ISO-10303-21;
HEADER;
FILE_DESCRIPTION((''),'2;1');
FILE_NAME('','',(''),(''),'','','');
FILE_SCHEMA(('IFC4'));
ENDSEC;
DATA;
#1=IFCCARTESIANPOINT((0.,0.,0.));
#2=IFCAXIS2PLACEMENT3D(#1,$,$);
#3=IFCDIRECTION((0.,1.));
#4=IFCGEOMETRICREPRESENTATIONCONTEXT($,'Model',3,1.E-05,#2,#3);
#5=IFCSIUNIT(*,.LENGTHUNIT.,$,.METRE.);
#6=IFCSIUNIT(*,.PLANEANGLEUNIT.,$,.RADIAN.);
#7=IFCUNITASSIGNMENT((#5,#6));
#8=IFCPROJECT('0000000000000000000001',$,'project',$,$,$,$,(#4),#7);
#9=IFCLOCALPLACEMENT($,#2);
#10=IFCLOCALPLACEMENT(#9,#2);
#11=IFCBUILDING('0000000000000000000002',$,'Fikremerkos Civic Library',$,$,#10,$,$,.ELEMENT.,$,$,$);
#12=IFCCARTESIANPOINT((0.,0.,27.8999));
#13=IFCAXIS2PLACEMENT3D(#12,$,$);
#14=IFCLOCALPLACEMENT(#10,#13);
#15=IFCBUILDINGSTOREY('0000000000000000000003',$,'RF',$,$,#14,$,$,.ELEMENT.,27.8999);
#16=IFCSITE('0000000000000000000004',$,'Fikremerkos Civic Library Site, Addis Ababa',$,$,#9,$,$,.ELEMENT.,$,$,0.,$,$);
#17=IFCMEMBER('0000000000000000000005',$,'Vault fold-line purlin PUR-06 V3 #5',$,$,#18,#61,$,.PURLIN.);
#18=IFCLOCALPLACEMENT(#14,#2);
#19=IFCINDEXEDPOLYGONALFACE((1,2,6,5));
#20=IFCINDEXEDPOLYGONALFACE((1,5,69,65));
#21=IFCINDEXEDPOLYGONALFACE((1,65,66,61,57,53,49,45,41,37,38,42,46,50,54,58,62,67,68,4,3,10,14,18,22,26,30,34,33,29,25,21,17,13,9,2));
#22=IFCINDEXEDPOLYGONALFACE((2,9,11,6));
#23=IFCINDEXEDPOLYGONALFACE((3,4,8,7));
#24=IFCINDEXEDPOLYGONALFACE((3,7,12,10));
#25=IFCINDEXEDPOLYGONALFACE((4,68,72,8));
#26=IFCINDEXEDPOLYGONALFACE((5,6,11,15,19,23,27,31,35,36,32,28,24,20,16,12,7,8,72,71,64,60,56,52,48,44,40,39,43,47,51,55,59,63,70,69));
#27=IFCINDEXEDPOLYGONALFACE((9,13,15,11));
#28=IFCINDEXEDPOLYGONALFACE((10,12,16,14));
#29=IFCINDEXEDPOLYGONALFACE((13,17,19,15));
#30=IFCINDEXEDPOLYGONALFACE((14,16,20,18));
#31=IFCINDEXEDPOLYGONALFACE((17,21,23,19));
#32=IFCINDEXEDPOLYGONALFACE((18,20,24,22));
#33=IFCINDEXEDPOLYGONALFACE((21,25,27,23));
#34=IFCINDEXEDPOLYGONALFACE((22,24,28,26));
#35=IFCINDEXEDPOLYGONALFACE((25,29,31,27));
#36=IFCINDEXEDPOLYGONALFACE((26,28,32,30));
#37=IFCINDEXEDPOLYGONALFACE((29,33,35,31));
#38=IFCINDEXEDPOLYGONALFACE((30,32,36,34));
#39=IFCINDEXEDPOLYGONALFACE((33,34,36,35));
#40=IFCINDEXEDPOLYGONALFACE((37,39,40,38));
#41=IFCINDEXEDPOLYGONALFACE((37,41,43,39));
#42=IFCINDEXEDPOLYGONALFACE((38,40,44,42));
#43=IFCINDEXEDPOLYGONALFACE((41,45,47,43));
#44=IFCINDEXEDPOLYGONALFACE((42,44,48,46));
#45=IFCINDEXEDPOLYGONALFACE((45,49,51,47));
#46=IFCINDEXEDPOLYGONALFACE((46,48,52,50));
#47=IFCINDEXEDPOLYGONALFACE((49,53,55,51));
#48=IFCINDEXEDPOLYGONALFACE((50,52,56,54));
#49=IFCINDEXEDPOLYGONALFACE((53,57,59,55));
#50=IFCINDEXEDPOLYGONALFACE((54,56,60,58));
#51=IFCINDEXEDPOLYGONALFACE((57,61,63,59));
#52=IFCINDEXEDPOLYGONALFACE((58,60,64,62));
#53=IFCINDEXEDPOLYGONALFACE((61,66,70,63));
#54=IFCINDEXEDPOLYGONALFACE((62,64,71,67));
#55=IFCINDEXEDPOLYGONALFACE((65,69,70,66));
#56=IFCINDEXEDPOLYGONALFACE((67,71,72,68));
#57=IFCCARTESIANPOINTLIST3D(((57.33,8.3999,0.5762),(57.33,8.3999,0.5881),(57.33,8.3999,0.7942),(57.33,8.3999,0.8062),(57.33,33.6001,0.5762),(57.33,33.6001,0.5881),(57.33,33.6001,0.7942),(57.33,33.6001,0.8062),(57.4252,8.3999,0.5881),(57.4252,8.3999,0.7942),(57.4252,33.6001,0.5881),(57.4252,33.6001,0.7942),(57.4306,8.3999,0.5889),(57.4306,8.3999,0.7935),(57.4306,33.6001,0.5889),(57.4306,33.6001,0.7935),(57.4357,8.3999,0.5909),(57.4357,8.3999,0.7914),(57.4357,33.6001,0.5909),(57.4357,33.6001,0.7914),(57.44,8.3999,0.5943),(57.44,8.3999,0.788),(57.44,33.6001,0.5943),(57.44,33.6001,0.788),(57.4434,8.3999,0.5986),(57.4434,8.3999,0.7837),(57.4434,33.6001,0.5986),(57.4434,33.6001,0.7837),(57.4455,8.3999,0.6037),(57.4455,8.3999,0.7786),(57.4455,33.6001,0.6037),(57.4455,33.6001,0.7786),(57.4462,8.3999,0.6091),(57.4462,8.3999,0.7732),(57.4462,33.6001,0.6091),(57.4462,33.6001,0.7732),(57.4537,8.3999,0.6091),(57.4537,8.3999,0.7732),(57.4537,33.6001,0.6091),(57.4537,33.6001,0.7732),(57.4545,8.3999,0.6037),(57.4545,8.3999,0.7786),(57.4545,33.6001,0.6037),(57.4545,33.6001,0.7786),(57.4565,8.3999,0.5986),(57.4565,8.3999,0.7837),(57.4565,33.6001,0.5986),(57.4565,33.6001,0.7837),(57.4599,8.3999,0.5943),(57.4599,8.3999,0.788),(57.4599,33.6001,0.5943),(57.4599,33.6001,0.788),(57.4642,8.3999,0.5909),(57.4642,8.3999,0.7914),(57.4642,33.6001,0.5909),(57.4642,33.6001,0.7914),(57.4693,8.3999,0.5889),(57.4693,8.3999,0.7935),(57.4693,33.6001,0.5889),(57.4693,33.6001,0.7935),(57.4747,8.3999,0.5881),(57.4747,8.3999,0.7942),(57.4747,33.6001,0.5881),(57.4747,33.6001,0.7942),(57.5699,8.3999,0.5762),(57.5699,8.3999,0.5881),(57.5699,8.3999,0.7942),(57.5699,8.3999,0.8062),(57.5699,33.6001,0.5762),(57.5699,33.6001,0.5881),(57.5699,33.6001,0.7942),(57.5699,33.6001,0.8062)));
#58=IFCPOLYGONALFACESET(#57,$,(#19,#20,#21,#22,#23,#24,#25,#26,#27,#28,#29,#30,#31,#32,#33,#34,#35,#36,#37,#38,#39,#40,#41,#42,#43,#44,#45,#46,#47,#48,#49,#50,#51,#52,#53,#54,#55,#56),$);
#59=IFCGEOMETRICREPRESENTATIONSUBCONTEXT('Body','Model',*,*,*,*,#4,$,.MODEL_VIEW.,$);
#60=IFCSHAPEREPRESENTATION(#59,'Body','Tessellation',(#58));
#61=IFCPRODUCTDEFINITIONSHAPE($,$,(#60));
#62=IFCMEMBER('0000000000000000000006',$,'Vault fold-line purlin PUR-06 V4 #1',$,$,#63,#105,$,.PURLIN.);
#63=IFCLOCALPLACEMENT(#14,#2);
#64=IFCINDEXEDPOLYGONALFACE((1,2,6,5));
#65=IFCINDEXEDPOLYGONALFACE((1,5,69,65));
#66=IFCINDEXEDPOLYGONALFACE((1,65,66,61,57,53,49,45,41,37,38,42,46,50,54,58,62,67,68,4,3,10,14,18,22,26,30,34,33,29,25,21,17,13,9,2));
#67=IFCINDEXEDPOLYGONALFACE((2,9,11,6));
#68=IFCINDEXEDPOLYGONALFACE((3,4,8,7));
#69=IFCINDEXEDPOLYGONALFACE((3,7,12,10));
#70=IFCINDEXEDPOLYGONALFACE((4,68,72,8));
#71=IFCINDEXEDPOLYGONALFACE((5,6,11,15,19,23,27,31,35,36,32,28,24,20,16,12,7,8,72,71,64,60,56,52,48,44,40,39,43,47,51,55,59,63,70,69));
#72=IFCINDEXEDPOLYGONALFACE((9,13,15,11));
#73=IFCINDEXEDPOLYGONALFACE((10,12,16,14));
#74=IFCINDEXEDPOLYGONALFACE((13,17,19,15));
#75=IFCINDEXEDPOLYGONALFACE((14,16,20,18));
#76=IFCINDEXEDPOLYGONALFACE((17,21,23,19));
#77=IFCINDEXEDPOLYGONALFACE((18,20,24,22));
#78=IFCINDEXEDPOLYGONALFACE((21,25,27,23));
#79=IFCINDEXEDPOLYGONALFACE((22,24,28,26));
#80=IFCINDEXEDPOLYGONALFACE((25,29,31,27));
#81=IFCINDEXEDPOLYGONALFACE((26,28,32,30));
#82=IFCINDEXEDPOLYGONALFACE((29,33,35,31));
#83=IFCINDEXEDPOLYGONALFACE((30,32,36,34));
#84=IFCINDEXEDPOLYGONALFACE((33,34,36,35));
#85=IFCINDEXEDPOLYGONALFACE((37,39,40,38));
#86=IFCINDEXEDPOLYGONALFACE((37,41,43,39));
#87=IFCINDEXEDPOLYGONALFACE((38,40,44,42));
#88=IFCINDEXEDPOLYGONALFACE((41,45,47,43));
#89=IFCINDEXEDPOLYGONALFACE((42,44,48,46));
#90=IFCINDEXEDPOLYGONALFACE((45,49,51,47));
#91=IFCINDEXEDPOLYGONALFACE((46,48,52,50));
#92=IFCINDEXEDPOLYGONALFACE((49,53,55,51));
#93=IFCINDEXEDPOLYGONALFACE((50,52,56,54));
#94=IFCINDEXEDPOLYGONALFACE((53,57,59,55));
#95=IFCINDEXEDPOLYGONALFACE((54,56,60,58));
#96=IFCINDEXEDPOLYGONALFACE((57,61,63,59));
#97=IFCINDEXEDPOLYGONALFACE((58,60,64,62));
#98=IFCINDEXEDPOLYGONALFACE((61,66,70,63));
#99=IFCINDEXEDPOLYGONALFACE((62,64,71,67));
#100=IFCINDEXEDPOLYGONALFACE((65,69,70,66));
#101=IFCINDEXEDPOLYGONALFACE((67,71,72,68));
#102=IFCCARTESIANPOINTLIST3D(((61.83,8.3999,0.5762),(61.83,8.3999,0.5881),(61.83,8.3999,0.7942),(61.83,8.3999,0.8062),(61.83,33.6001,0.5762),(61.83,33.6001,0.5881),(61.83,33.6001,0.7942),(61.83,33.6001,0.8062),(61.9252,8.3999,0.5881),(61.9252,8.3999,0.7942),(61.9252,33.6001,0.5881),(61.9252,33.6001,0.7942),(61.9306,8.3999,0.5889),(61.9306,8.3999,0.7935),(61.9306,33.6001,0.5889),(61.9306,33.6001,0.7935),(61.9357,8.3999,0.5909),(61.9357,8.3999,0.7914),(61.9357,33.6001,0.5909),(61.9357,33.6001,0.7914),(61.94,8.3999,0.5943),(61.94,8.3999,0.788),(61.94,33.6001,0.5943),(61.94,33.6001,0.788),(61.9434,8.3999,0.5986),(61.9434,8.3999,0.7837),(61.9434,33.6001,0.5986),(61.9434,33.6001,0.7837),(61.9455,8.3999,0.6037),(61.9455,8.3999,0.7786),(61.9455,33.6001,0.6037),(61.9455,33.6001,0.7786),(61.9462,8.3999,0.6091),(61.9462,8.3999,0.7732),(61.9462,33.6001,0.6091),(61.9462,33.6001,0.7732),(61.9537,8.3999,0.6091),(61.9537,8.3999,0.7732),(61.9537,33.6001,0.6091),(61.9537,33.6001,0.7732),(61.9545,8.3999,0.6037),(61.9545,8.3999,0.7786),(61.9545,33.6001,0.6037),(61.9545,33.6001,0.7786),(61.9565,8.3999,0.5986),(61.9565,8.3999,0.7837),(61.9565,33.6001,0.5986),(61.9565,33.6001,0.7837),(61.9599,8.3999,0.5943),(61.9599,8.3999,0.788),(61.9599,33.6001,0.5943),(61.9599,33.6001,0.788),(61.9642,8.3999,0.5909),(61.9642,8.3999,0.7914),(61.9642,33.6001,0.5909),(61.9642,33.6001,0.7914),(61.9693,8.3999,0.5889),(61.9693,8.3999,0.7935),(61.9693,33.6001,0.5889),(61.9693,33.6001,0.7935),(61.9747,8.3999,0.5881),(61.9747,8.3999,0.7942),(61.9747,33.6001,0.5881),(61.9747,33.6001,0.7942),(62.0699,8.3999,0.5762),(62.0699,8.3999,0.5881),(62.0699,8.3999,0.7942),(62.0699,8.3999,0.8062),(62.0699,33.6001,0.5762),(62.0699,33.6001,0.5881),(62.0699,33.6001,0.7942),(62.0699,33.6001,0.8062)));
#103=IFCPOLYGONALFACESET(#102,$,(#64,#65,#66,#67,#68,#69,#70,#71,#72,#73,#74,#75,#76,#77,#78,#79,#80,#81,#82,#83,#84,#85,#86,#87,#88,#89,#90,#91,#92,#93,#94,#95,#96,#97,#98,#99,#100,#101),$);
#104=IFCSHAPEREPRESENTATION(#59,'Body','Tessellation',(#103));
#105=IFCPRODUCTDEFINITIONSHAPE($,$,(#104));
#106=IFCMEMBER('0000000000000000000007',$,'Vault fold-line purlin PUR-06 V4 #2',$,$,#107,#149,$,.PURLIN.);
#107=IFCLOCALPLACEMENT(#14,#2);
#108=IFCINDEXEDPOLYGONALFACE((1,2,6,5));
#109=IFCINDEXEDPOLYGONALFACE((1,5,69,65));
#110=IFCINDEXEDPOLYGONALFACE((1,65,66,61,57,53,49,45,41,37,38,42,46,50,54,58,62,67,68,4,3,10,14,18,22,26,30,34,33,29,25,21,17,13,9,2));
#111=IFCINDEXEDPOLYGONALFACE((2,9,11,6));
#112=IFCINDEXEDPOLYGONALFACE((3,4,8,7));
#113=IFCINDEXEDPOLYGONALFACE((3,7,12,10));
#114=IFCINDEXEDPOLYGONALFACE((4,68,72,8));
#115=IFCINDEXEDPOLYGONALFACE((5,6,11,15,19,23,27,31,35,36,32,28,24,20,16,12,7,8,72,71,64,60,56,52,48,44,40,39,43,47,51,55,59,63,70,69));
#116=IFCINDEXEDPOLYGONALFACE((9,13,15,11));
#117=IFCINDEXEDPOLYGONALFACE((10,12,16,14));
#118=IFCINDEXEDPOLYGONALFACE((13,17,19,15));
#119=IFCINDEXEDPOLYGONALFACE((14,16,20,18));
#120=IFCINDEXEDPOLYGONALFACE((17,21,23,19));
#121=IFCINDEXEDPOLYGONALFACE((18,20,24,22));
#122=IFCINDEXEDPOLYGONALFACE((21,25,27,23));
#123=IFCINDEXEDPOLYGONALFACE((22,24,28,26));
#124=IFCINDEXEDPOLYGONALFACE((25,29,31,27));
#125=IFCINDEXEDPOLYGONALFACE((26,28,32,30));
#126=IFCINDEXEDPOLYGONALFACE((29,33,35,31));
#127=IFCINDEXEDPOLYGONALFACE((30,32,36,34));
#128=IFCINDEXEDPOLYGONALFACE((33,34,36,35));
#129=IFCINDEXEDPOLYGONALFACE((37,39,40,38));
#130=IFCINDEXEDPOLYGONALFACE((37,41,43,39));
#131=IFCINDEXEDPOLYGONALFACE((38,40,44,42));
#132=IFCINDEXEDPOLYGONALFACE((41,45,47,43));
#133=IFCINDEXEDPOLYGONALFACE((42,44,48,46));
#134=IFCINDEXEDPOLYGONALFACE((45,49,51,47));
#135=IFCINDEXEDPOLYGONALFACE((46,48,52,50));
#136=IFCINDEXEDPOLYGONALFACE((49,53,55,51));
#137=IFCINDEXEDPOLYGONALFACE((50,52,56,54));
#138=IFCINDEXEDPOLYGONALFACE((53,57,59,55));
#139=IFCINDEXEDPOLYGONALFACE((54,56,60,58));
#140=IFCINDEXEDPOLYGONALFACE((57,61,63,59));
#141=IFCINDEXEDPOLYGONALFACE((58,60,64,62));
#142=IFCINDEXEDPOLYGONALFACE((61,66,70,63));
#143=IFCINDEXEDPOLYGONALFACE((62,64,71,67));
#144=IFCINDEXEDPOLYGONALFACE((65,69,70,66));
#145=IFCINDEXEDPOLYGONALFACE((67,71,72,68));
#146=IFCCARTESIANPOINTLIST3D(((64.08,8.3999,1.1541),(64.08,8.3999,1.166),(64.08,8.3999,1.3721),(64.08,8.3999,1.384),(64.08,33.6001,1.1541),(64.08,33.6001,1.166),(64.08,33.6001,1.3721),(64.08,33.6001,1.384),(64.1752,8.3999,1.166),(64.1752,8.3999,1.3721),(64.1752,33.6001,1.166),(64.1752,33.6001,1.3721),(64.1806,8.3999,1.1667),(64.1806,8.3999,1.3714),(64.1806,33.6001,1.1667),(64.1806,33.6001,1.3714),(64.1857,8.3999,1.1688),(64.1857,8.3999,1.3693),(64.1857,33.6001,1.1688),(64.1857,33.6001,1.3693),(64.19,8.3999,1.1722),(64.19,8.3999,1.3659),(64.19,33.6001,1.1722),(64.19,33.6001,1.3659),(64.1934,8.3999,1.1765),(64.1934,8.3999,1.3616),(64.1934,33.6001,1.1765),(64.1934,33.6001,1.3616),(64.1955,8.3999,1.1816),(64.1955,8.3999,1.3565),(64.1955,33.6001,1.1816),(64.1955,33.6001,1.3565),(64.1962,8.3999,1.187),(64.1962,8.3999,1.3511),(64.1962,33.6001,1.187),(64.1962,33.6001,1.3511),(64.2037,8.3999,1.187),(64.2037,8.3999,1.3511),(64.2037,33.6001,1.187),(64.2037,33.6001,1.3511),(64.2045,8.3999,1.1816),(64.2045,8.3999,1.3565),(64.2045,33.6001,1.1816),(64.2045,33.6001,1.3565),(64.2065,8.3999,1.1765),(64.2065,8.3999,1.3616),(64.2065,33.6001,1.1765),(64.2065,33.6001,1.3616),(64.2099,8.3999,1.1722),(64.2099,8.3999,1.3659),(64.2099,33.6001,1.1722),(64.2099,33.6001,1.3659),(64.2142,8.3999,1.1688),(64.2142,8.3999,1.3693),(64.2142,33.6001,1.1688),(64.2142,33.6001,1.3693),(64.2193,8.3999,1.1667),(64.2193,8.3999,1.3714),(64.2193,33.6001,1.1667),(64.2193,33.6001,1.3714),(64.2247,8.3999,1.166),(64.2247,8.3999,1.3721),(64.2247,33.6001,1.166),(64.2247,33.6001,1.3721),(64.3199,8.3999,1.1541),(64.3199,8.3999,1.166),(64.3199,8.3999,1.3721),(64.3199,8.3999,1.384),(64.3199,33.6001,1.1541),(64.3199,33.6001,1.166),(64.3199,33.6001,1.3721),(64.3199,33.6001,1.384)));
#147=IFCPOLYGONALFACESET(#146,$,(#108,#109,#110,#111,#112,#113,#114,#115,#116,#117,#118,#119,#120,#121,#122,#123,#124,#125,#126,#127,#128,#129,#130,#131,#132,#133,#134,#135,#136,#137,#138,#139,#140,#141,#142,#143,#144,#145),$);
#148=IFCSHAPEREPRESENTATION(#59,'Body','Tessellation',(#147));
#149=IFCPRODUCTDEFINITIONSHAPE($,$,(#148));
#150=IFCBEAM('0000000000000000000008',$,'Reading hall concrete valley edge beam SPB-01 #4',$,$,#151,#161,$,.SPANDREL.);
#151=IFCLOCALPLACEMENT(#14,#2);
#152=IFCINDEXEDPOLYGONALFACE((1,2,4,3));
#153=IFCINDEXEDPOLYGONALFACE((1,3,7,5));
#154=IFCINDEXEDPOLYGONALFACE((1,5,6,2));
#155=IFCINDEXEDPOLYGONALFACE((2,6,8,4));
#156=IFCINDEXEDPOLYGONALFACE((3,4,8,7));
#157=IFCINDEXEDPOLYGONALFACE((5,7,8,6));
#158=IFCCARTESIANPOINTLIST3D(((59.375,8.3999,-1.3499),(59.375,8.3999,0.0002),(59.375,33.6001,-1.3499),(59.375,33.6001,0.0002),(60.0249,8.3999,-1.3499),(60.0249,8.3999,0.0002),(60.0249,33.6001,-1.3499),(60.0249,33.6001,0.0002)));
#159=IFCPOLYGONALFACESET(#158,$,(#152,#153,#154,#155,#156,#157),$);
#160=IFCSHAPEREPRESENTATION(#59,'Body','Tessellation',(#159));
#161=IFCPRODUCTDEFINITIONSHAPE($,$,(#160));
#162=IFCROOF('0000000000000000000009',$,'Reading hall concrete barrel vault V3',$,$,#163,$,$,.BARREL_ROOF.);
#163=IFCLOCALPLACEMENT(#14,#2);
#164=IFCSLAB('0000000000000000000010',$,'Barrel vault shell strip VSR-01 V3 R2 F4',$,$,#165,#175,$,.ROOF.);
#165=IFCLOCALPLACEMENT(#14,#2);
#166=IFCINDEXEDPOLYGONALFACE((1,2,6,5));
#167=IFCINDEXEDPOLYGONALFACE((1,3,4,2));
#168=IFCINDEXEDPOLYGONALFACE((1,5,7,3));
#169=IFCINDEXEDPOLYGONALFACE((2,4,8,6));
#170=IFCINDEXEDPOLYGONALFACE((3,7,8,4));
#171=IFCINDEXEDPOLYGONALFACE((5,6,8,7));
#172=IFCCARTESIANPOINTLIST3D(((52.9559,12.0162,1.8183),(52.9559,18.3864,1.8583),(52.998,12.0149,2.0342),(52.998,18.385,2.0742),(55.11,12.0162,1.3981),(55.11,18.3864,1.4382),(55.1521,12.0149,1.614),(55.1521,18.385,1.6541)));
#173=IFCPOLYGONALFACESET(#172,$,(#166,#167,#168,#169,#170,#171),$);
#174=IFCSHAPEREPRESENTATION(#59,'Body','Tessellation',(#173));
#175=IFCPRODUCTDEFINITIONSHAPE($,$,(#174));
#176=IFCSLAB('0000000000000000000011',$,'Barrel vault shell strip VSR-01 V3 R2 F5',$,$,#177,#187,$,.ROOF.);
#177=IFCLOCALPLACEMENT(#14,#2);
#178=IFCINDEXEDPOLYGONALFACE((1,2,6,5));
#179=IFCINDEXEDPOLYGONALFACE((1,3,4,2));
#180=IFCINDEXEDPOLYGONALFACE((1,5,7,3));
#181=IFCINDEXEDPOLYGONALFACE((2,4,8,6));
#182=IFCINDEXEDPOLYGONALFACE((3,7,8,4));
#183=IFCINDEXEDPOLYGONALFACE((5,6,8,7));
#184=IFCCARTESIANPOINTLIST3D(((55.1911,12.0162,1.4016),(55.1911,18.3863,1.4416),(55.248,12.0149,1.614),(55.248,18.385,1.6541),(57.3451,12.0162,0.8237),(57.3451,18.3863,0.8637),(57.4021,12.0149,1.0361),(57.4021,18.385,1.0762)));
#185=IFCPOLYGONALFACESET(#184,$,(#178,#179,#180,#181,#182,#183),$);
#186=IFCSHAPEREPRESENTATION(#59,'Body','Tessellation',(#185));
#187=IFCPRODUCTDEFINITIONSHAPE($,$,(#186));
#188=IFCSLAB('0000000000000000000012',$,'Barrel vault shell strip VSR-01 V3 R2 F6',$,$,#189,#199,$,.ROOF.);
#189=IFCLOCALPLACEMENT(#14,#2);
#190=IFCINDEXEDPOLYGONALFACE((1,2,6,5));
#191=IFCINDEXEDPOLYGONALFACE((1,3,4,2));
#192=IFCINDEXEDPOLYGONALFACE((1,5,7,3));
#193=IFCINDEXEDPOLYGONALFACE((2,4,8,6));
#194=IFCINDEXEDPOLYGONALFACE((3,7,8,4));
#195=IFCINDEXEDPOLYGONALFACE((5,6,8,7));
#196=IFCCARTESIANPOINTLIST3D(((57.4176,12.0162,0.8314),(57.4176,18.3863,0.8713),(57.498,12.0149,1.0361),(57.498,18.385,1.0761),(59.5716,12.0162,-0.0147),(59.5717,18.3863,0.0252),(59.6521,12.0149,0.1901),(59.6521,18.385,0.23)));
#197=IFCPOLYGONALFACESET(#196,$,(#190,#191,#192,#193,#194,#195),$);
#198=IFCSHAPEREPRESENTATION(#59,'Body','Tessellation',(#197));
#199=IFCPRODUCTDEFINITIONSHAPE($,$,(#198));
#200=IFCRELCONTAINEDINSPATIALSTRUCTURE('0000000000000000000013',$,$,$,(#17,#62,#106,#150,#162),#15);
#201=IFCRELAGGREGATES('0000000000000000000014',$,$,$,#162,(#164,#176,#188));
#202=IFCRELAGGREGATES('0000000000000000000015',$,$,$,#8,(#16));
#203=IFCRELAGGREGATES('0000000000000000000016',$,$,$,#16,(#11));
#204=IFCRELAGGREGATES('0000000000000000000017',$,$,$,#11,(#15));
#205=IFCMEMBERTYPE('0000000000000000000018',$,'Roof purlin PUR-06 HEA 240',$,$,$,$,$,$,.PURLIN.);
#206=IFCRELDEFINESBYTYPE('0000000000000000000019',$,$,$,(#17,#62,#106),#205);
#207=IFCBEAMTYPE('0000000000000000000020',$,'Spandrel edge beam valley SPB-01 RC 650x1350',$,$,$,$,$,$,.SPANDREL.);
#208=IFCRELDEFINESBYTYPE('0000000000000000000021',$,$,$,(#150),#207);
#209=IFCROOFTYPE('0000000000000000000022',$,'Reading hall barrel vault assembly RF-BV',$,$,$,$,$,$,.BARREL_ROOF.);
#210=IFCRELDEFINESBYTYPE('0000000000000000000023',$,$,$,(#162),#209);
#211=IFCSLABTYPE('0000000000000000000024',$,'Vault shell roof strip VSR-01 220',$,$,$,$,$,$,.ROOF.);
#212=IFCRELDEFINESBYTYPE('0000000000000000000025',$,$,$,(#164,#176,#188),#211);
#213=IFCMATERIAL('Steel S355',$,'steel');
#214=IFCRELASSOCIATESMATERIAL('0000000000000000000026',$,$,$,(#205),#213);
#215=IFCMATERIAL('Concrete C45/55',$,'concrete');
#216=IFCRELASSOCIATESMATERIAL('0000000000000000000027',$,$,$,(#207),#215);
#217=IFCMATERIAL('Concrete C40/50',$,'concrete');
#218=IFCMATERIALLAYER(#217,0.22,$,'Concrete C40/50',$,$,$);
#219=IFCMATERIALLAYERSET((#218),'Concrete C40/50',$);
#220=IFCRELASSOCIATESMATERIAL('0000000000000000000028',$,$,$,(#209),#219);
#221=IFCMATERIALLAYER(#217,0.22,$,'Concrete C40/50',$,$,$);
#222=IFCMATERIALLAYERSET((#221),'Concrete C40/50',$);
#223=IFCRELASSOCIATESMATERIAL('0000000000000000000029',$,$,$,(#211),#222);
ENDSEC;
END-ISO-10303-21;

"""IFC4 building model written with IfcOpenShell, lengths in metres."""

from ifc_helpers import new_model, si_unit, direction, frame, origin, origin_2d, place, context, subcontext, project, spatial, polyline, rectangle, i_section, outline, extrude, material, layer, layer_set, material_profile, profile_set, type_object, element, aggregate, save


model = new_model("IFC4")

# Units and contexts
model_context = context("Model", 3, precision=1e-05, world=origin(), true_north=direction((0.0, 1.0)))
body_context = subcontext(model_context, "Body", "Model", "MODEL_VIEW")
ifc_project = project(units=[si_unit("LENGTHUNIT", "METRE"), si_unit("PLANEANGLEUNIT", "RADIAN")], contexts=[model_context])

# Site, building, storey
site_placement = place(None, origin())
site = spatial("IfcSite", under=ifc_project, at=site_placement, Name="Fikremerkos Civic Library Site, Addis Ababa", CompositionType="ELEMENT", RefElevation=0.0)
building_placement = place(site_placement, origin())
building = spatial("IfcBuilding", under=site, at=building_placement, Name="Fikremerkos Civic Library", CompositionType="ELEMENT")
storey_placement = place(building_placement, frame((0.0, 0.0, 27.8999)))
storey = spatial("IfcBuildingStorey", under=building, at=storey_placement, Name="RF", CompositionType="ELEMENT", Elevation=27.8999)

# Shared definitions
ifc_material_1 = material(Name="Steel S355", Category="steel")

# Shared definitions
ifc_material_2 = material(Name="Concrete C45/55", Category="concrete")

# Members
ifc_material_profile_1 = material_profile(ifc_material_1, i_section(OverallWidth=0.24, OverallDepth=0.23, WebThickness=0.0076, FlangeThickness=0.012, FilletRadius=0.021, at=origin_2d()), Name="HEA 240")
ifc_profile_set_1 = profile_set([ifc_material_profile_1], Name="Steel S355")
member_type_1 = type_object("IfcMemberType", Name="Roof purlin PUR-06 HEA 240", PredefinedType="PURLIN", material=ifc_profile_set_1)
for number, where, z_axis, x_axis, name in (
    (1, (57.45, 8.3999, 0.6912), (0.0, 1.0, 0.0), (-1.0, 0.0, 0.0), "Vault fold-line purlin PUR-06 V3 #5"),
    (2, (61.95, 8.3999, 0.6912), (0.0, 1.0, 0.0), (-1.0, 0.0, 0.0), "Vault fold-line purlin PUR-06 V4 #1"),
    (3, (64.2, 8.3999, 1.269), (0.0, 1.0, 0.0), (-1.0, 0.0, 0.0), "Vault fold-line purlin PUR-06 V4 #2"),
):
    element("IfcMember", number, at=place(storey_placement, frame(where, z_axis=z_axis, x_axis=x_axis)), inside=storey, type_object=member_type_1, Name=name, PredefinedType="PURLIN", context=body_context, shape_type="SweptSolid", body=[
        extrude(i_section(OverallWidth=0.24, OverallDepth=0.23, WebThickness=0.0076, FlangeThickness=0.012, FilletRadius=0.021, at=origin_2d()), origin(), (0.0, 0.0, 1.0), 25.2002),
    ])

# Beam
ifc_material_profile_2 = material_profile(ifc_material_2, rectangle(XDim=0.6499, YDim=1.3501, at=origin_2d()), Name="RC 650x1350")
ifc_profile_set_2 = profile_set([ifc_material_profile_2], Name="Concrete C45/55")
beam_type_1 = type_object("IfcBeamType", Name="Spandrel edge beam valley SPB-01 RC 650x1350", PredefinedType="SPANDREL", material=ifc_profile_set_2)
beam_1_placement = place(storey_placement, frame((59.7, 8.3999, -0.6748), z_axis=(0.0, 1.0, 0.0), x_axis=(-1.0, 0.0, 0.0)))
element("IfcBeam", 4, at=beam_1_placement, inside=storey, type_object=beam_type_1, Name="Reading hall concrete valley edge beam SPB-01 #4", PredefinedType="SPANDREL", context=body_context, shape_type="SweptSolid", body=[
    extrude(rectangle(XDim=0.6499, YDim=1.3501, at=origin_2d()), origin(), (0.0, 0.0, 1.0), 25.2002),
])

# Roof, slabs
ifc_material_3 = material(Name="Concrete C40/50", Category="concrete")
ifc_layer_1 = layer(ifc_material_3, 0.22, Name="Concrete C40/50")
ifc_layer_set_1 = layer_set([ifc_layer_1], Name="Concrete C40/50")
roof_type = type_object("IfcRoofType", Name="Reading hall barrel vault assembly RF-BV", PredefinedType="BARREL_ROOF", material=ifc_layer_set_1)
roof_1_placement = place(storey_placement, origin())
roof_1 = element("IfcRoof", 5, at=roof_1_placement, inside=storey, type_object=roof_type, Name="Reading hall concrete barrel vault V3", PredefinedType="BARREL_ROOF")
ifc_layer_2 = layer(ifc_material_3, 0.22, Name="Concrete C40/50")
ifc_layer_set_2 = layer_set([ifc_layer_2], Name="Concrete C40/50")
slab_type_1 = type_object("IfcSlabType", Name="Vault shell roof strip VSR-01 220", PredefinedType="ROOF", material=ifc_layer_set_2)
slab_1_placement = place(storey_placement, frame((52.998, 12.0149, 2.0342), z_axis=(0.191447, -0.006169, 0.981484), x_axis=(0.981502, 0.0, -0.19145)))
slab_1 = element("IfcSlab", 6, at=slab_1_placement, type_object=slab_type_1, Name="Barrel vault shell strip VSR-01 V3 R2 F4", PredefinedType="ROOF", context=body_context, shape_type="SweptSolid", body=[
    extrude(outline(polyline([(0.0, 0.0), (2.1946, 0.0), (2.187, 6.3702), (-0.0077, 6.3702), (0.0, 0.0)])), origin(), (0.0, 0.0, -1.0), 0.22),
])
slab_2_placement = place(storey_placement, frame((55.248, 12.0149, 1.614), z_axis=(0.259109, -0.006071, 0.965829), x_axis=(0.965847, 0.0, -0.259114)))
slab_2 = element("IfcSlab", 7, at=slab_2_placement, type_object=slab_type_1, Name="Barrel vault shell strip VSR-01 V3 R2 F5", PredefinedType="ROOF", context=body_context, shape_type="SweptSolid", body=[
    extrude(outline(polyline([(0.0, 0.0), (2.2302, 0.0), (2.2198, 6.3702), (-0.0104, 6.3702), (0.0, 0.0)])), origin(), (0.0, 0.0, -1.0), 0.22),
])
slab_3_placement = place(storey_placement, frame((57.498, 12.0149, 1.0361), z_axis=(0.365584, -0.005832, 0.93076), x_axis=(0.930776, 0.0, -0.36559)))
slab_3 = element("IfcSlab", 8, at=slab_3_placement, type_object=slab_type_1, Name="Barrel vault shell strip VSR-01 V3 R2 F6", PredefinedType="ROOF", context=body_context, shape_type="SweptSolid", body=[
    extrude(outline(polyline([(0.0, 0.0), (2.3142, 0.0), (2.2997, 6.3702), (-0.0146, 6.3702), (0.0, 0.0)])), origin(), (0.0, 0.0, -1.0), 0.22),
])

aggregate(roof_1, [slab_1, slab_2, slab_3])

save(model, "model.ifc")
